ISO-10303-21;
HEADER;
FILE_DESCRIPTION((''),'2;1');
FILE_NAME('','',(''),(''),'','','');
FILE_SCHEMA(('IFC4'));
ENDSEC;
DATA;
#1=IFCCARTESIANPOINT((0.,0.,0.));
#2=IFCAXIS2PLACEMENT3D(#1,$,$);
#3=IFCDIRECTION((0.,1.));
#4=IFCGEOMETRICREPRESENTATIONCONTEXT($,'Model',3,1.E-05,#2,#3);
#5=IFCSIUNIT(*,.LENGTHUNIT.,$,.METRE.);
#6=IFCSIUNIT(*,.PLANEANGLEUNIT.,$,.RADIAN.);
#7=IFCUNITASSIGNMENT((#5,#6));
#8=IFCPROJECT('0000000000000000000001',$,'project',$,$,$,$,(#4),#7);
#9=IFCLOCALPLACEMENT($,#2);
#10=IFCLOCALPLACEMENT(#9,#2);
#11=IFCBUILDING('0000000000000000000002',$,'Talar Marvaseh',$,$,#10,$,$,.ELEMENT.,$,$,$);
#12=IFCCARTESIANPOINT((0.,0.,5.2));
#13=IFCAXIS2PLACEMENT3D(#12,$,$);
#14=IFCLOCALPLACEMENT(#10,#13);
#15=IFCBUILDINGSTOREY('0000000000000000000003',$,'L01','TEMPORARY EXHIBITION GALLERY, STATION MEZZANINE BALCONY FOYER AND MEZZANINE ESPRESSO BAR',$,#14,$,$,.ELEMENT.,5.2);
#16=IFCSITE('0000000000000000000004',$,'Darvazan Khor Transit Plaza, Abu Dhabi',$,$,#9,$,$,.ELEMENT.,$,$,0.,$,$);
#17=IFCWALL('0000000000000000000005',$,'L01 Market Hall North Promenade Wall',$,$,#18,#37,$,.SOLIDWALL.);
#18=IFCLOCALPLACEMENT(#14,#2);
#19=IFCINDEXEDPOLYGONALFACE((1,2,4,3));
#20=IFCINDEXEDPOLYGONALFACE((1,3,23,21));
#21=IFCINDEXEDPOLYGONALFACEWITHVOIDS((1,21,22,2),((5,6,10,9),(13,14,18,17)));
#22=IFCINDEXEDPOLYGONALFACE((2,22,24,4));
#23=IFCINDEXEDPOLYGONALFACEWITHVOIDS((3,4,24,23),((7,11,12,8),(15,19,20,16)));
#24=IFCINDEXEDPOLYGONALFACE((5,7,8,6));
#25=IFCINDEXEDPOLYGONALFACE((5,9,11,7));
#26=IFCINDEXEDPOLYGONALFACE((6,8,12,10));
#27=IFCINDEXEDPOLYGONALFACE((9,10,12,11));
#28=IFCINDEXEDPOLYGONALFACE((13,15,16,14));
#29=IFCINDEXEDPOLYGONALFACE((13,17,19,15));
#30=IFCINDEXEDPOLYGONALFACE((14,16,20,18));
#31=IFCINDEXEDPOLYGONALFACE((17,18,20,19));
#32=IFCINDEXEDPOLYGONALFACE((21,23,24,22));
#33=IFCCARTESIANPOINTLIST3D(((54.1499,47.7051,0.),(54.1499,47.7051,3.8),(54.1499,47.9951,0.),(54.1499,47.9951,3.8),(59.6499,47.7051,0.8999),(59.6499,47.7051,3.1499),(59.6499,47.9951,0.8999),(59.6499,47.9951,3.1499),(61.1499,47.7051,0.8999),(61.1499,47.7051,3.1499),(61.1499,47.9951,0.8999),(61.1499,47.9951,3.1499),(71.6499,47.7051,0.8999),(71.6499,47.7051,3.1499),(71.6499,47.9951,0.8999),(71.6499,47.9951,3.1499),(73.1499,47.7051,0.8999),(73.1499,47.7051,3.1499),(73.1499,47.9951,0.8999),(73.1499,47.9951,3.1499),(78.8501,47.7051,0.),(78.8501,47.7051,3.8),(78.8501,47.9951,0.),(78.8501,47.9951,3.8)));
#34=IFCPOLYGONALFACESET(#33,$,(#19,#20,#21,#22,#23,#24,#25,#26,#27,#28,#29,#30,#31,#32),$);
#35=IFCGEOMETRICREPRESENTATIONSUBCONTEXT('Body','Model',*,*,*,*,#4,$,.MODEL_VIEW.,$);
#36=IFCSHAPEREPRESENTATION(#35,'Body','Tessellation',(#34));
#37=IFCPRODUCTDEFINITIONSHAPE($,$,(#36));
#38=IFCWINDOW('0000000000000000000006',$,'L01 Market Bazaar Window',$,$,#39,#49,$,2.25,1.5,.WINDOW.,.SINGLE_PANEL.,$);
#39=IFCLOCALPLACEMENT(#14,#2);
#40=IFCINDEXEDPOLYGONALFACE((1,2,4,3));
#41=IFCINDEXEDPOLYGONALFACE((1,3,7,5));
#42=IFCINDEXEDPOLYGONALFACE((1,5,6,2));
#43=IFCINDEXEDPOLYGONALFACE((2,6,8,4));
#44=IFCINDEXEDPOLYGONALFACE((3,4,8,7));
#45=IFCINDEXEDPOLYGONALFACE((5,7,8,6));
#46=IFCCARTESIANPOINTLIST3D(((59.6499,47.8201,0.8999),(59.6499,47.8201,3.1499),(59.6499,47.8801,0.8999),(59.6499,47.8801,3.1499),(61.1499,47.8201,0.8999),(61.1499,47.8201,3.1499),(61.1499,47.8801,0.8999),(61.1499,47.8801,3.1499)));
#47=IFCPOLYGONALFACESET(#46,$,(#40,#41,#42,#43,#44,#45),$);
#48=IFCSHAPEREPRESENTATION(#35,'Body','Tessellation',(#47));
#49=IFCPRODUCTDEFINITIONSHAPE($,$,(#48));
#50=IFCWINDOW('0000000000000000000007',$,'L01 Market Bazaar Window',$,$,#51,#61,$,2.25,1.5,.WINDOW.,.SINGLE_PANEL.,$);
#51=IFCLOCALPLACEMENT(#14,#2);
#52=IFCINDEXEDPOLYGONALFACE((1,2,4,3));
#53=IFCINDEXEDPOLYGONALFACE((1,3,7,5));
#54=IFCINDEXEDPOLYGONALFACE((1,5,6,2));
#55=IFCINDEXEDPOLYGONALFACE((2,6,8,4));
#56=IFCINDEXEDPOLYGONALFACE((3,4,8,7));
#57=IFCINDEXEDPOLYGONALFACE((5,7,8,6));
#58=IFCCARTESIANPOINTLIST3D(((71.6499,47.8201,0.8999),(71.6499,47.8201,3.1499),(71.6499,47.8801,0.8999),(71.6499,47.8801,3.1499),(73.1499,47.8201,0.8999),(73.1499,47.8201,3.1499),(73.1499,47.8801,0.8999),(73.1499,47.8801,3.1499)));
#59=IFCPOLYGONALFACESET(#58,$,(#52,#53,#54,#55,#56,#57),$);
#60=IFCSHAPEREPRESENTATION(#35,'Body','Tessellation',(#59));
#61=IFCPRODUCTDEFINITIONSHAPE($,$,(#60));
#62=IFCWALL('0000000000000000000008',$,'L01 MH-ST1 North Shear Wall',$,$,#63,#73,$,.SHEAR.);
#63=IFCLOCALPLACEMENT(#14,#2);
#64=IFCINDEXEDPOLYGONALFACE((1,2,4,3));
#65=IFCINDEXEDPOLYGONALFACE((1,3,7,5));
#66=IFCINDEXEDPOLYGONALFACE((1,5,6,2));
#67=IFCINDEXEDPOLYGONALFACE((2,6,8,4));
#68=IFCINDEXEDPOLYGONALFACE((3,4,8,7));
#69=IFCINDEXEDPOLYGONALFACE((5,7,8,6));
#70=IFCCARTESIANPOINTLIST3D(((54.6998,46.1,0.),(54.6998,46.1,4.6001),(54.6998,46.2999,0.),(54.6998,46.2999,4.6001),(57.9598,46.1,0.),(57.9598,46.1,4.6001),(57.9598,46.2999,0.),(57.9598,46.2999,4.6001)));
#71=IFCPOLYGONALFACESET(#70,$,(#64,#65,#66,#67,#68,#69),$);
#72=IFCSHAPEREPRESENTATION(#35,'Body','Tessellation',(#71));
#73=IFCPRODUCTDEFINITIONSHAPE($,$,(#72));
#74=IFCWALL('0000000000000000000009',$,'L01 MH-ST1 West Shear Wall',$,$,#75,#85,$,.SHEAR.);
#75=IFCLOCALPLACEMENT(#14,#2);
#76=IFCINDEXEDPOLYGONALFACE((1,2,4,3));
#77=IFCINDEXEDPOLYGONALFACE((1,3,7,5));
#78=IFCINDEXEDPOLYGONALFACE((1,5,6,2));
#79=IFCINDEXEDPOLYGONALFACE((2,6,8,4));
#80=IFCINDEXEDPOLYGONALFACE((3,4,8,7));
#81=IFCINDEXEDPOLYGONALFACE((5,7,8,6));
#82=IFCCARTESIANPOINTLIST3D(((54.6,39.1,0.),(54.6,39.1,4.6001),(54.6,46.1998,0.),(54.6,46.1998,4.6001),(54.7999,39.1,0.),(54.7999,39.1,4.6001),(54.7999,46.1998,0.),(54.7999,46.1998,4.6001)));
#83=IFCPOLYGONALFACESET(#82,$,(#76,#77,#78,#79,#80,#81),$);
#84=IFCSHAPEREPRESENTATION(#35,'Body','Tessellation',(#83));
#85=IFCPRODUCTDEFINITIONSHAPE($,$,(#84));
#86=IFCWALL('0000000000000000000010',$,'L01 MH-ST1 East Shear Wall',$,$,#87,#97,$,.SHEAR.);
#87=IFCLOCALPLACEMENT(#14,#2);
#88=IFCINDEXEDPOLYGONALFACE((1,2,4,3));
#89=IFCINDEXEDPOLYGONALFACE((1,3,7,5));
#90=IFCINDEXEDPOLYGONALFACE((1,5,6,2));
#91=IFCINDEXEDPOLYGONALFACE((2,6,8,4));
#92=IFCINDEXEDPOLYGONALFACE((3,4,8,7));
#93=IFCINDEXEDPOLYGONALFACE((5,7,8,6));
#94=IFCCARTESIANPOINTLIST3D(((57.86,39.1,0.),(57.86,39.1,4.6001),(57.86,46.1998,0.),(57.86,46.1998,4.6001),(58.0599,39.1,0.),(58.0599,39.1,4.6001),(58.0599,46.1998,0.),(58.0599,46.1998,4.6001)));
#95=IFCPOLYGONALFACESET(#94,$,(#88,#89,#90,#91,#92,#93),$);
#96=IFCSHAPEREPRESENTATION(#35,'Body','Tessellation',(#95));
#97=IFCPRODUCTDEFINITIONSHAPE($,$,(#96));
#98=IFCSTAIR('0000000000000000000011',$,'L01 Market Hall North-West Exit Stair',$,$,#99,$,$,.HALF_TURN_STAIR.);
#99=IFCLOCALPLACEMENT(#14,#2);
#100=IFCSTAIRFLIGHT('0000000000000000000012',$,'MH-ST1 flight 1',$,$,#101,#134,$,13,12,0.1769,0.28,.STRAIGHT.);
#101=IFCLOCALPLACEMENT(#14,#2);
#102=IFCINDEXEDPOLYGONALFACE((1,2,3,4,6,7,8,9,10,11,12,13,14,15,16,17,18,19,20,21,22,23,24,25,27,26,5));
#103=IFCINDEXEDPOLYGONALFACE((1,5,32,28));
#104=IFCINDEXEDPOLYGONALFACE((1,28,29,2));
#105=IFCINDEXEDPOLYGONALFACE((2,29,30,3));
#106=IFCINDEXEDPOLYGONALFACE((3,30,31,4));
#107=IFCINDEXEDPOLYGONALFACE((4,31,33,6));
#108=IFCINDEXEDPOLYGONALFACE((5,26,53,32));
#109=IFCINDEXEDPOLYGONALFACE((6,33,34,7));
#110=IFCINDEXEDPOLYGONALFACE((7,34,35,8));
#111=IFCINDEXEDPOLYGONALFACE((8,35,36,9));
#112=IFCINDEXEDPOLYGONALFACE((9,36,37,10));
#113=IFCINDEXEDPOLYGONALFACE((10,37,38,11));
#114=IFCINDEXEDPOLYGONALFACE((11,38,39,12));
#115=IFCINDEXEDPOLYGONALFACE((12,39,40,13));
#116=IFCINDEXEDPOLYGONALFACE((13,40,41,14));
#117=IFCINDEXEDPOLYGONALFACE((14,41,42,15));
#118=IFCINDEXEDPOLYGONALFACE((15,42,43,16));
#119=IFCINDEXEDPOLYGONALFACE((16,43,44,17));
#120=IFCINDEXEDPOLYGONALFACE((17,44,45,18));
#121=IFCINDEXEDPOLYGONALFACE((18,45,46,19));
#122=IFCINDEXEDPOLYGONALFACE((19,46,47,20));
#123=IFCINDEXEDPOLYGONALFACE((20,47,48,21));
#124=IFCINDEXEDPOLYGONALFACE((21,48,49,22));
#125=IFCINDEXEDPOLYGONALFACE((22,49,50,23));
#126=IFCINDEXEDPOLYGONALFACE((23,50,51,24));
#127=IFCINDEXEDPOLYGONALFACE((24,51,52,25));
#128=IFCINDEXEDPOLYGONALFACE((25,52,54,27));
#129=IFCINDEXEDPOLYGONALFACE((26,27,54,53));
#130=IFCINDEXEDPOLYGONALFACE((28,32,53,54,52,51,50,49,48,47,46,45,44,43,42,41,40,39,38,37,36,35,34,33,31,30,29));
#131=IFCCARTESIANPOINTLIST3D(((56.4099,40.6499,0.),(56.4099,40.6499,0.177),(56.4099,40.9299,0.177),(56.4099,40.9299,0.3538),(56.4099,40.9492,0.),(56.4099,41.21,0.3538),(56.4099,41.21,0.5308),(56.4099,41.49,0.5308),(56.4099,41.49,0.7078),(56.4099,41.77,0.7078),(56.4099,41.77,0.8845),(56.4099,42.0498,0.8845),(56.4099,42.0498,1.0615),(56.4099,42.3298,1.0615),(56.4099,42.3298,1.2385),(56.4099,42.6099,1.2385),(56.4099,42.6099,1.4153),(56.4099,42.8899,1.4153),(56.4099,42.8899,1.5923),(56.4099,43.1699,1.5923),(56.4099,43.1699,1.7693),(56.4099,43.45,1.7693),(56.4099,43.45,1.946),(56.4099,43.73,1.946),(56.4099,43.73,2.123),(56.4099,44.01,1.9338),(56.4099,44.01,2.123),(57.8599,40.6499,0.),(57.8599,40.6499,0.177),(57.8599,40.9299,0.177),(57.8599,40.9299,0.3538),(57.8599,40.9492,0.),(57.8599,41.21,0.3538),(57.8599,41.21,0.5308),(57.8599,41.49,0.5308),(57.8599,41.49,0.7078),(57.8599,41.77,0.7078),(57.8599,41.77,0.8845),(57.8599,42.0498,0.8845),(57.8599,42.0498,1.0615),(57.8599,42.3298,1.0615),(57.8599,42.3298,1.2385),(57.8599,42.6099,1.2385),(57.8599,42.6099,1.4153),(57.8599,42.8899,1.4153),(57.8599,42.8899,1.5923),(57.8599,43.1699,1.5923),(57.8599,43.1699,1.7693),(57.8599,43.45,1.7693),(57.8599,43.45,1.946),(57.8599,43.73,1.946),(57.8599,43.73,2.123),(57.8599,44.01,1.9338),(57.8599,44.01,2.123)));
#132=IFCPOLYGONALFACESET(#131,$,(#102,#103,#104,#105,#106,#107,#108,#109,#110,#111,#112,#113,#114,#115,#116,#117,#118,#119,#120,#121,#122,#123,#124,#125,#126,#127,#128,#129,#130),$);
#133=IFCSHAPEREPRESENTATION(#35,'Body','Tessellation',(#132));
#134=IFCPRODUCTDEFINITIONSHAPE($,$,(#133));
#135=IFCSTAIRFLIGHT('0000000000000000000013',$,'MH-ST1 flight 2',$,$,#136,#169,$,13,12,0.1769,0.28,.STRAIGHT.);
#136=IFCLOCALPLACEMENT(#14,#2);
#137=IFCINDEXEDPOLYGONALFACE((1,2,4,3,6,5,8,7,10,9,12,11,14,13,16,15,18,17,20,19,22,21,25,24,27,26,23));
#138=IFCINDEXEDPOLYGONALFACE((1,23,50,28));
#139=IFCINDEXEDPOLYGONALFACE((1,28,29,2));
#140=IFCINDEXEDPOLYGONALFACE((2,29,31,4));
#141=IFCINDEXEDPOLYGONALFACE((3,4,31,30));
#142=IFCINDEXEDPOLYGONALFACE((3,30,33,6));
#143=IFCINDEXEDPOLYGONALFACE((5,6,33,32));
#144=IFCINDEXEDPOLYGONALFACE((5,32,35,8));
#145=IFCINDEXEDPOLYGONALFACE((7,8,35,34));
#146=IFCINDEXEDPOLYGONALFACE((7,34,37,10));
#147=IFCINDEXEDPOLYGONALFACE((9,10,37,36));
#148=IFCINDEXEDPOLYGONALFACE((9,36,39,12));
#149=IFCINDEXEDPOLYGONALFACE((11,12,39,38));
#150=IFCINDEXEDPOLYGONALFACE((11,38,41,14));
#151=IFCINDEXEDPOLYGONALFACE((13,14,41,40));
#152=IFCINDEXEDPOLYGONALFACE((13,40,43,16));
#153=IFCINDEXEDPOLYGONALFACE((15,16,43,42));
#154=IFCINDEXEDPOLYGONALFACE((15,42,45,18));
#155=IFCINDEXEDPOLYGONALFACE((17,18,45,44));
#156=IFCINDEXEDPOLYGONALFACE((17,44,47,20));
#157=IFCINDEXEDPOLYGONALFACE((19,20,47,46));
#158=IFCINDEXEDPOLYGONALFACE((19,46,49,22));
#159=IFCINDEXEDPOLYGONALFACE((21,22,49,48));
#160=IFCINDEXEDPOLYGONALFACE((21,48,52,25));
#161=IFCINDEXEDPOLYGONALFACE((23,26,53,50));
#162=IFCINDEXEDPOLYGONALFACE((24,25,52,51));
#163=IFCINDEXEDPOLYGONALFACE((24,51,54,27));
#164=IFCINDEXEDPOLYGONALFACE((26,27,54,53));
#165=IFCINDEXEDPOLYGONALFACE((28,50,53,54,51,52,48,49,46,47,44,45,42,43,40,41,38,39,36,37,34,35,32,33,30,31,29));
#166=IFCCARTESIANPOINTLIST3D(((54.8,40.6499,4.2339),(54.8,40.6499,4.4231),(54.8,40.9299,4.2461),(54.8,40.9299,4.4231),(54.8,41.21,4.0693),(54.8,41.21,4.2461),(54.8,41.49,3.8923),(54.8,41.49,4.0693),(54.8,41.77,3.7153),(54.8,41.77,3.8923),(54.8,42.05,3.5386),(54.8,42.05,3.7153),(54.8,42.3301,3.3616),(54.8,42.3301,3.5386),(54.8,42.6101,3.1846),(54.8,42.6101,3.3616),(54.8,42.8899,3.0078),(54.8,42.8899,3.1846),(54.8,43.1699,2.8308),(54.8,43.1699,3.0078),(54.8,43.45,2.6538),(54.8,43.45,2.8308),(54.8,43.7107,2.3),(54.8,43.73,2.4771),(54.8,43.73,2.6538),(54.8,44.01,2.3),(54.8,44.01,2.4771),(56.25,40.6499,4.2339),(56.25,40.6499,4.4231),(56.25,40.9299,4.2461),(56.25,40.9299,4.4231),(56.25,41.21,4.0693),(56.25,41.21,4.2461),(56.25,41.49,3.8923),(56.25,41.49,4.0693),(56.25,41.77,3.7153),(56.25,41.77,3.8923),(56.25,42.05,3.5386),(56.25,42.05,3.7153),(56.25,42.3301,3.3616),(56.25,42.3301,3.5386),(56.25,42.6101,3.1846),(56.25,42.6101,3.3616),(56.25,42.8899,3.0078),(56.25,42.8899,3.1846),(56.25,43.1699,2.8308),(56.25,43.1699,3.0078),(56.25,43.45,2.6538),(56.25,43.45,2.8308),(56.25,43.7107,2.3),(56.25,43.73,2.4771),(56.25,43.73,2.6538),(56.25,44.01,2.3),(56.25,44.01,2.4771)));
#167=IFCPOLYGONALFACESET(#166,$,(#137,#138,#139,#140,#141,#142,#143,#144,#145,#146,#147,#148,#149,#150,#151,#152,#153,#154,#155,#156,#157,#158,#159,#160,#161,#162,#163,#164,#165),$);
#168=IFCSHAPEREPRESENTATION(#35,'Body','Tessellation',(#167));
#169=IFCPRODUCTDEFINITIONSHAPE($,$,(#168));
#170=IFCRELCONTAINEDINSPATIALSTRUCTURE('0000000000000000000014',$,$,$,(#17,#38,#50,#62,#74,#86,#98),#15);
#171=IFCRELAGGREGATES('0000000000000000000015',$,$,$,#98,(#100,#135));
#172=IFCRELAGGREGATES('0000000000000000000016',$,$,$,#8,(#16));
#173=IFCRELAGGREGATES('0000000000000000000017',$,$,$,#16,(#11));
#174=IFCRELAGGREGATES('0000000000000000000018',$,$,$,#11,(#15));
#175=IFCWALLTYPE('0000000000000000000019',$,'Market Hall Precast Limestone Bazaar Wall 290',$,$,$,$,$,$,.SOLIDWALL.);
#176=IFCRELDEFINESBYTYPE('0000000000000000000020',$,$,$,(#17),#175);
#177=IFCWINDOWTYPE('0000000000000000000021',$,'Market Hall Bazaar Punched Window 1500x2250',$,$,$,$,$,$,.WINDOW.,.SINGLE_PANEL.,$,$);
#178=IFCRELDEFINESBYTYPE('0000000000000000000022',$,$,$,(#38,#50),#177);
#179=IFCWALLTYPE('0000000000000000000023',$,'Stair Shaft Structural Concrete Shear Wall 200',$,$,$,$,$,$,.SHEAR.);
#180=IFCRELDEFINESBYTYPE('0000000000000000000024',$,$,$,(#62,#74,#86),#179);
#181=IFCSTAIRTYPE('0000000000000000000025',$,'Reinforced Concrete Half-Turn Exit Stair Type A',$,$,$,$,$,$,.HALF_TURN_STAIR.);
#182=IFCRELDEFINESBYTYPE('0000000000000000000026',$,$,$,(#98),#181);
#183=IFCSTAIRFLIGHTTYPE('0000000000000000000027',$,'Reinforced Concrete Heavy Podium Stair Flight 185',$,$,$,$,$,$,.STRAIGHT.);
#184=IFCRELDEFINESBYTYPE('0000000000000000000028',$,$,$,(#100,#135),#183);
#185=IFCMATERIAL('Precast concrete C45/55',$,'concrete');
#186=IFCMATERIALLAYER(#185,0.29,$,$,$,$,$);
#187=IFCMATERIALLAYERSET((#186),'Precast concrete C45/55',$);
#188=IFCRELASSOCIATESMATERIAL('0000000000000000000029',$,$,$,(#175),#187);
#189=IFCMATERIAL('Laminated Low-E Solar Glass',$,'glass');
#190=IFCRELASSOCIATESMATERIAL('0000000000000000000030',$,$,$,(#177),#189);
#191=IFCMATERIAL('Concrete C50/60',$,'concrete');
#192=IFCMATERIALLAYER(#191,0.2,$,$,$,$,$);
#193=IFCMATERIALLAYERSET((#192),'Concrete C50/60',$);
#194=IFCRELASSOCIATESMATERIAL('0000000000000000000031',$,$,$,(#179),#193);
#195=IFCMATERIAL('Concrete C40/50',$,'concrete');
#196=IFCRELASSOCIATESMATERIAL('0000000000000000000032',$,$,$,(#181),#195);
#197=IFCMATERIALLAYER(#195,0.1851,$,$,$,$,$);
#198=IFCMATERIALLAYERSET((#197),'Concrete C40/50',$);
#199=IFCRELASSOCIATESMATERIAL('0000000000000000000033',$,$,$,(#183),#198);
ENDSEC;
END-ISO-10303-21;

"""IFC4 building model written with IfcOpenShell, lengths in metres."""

from ifc_helpers import new_model, si_unit, direction, frame, frame_2d, origin, place, context, subcontext, project, spatial, polyline, rectangle, outline, extrude, source, transform, mapped, material, layer, layer_set, type_object, type_shapes, element, fill, aggregate, save


model = new_model("IFC4")

# Units and contexts
model_context = context("Model", 3, precision=1e-05, world=origin(), true_north=direction((0.0, 1.0)))
body_context = subcontext(model_context, "Body", "Model", "MODEL_VIEW")
ifc_project = project(units=[si_unit("LENGTHUNIT", "METRE"), si_unit("PLANEANGLEUNIT", "RADIAN")], contexts=[model_context])

# Site, building, storey
site_placement = place(None, origin())
site = spatial("IfcSite", under=ifc_project, at=site_placement, Name="Darvazan Khor Transit Plaza, Abu Dhabi", CompositionType="ELEMENT", RefElevation=0.0)
building_placement = place(site_placement, origin())
building = spatial("IfcBuilding", under=site, at=building_placement, Name="Talar Marvaseh", CompositionType="ELEMENT")
storey_placement = place(building_placement, frame((0.0, 0.0, 5.2)))
storey = spatial("IfcBuildingStorey", under=building, at=storey_placement, Name="L01", Description="TEMPORARY EXHIBITION GALLERY, STATION MEZZANINE BALCONY FOYER AND MEZZANINE ESPRESSO BAR", CompositionType="ELEMENT", Elevation=5.2)

# Shared definitions
ifc_material_1 = material(Name="Concrete C40/50", Category="concrete")

# Shared definitions
ifc_material_2 = material(Name="Precast concrete C45/55", Category="concrete")

# Wall, openings, windows
ifc_layer_1 = layer(ifc_material_2, 0.29)
ifc_layer_set_1 = layer_set([ifc_layer_1], Name="Precast concrete C45/55")
wall_type_1 = type_object("IfcWallType", Name="Market Hall Precast Limestone Bazaar Wall 290", PredefinedType="SOLIDWALL", material=ifc_layer_set_1)
wall_1_placement = place(storey_placement, frame((54.1499, 47.8501, 0.0), z_axis=(0.0, 0.0, 1.0), x_axis=(1.0, 0.0, 0.0)))
wall_1 = element("IfcWall", 1, at=wall_1_placement, inside=storey, type_object=wall_type_1, Name="L01 Market Hall North Promenade Wall", PredefinedType="SOLIDWALL", context=body_context, shape_type="SweptSolid", body=[
    extrude(rectangle(XDim=24.7002, YDim=0.29, at=frame_2d((12.3501, 0.0))), origin(), (0.0, 0.0, 1.0), 3.8),
])
opening_1_placement = place(wall_1_placement, frame((5.5, 0.0, 0.8999)))
opening_1 = element("IfcOpeningElement", 2, at=opening_1_placement, cuts=wall_1, PredefinedType="OPENING", context=body_context, shape_type="SweptSolid", body=[
    extrude(rectangle(XDim=1.5, YDim=2.25, at=frame_2d((0.75, 1.125))), frame((0.0, 0.155, 0.0), z_axis=(0.0, -1.0, 0.0), x_axis=(1.0, 0.0, 0.0)), (0.0, 0.0, 1.0), 0.3101),
])
opening_2_placement = place(wall_1_placement, frame((17.5, 0.0, 0.8999)))
opening_2 = element("IfcOpeningElement", 3, at=opening_2_placement, cuts=wall_1, PredefinedType="OPENING", context=body_context, shape_type="SweptSolid", body=[
    extrude(rectangle(XDim=1.5, YDim=2.25, at=frame_2d((0.75, 1.125))), frame((0.0, 0.155, 0.0), z_axis=(0.0, -1.0, 0.0), x_axis=(1.0, 0.0, 0.0)), (0.0, 0.0, 1.0), 0.3101),
])
ifc_material_3 = material(Name="Laminated Low-E Solar Glass", Category="glass")
window_type = type_object("IfcWindowType", Name="Market Hall Bazaar Punched Window 1500x2250", PartitioningType="SINGLE_PANEL", PredefinedType="WINDOW", material=ifc_material_3)
shared_shape_1 = source(origin(), body_context, "Body", "SweptSolid", [
    extrude(rectangle(XDim=1.5, YDim=2.25, at=frame_2d((0.75, 1.125))), frame((0.0, 0.03, 0.0), z_axis=(0.0, -1.0, 0.0), x_axis=(1.0, 0.0, 0.0)), (0.0, 0.0, 1.0), 0.0601),
])
type_shapes(window_type, [shared_shape_1])
window_1_placement = place(opening_1_placement, origin())
window_1 = element("IfcWindow", 4, at=window_1_placement, inside=storey, type_object=window_type, Name="L01 Market Bazaar Window", OverallHeight=2.25, OverallWidth=1.5, PartitioningType="SINGLE_PANEL", PredefinedType="WINDOW", context=body_context, shape_type="MappedRepresentation", body=[
    mapped(shared_shape_1, transform((0.0, 0.0, 0.0), x_axis=(1.0, 0.0, 0.0), y_axis=(0.0, 1.0, 0.0), z_axis=(0.0, 0.0, 1.0), scale=1.0)),
])
fill(opening_1, window_1)
window_2_placement = place(opening_2_placement, origin())
window_2 = element("IfcWindow", 5, at=window_2_placement, inside=storey, type_object=window_type, Name="L01 Market Bazaar Window", OverallHeight=2.25, OverallWidth=1.5, PartitioningType="SINGLE_PANEL", PredefinedType="WINDOW", context=body_context, shape_type="MappedRepresentation", body=[
    mapped(shared_shape_1, transform((0.0, 0.0, 0.0), x_axis=(1.0, 0.0, 0.0), y_axis=(0.0, 1.0, 0.0), z_axis=(0.0, 0.0, 1.0), scale=1.0)),
])
fill(opening_2, window_2)

# Shared definitions
ifc_material_4 = material(Name="Concrete C50/60", Category="concrete")
ifc_layer_2 = layer(ifc_material_4, 0.2)
ifc_layer_set_2 = layer_set([ifc_layer_2], Name="Concrete C50/60")
wall_type_2 = type_object("IfcWallType", Name="Stair Shaft Structural Concrete Shear Wall 200", PredefinedType="SHEAR", material=ifc_layer_set_2)

# Walls
wall_2_placement = place(storey_placement, frame((54.7, 46.2, 0.0), z_axis=(0.0, 0.0, 1.0), x_axis=(1.0, 0.0, 0.0)))
element("IfcWall", 6, at=wall_2_placement, inside=storey, type_object=wall_type_2, Name="L01 MH-ST1 North Shear Wall", PredefinedType="SHEAR", context=body_context, shape_type="SweptSolid", body=[
    extrude(rectangle(XDim=3.26, YDim=0.2, at=frame_2d((1.6299, 0.0))), origin(), (0.0, 0.0, 1.0), 4.6001),
])
for number, where, z_axis, x_axis, name in (
    (7, (54.7, 39.1001, 0.0), (0.0, 0.0, 1.0), (0.0, 1.0, 0.0), "L01 MH-ST1 West Shear Wall"),
    (8, (57.96, 39.1001, 0.0), (0.0, 0.0, 1.0), (0.0, 1.0, 0.0), "L01 MH-ST1 East Shear Wall"),
):
    element("IfcWall", number, at=place(storey_placement, frame(where, z_axis=z_axis, x_axis=x_axis)), inside=storey, type_object=wall_type_2, Name=name, PredefinedType="SHEAR", context=body_context, shape_type="SweptSolid", body=[
        extrude(rectangle(XDim=7.0999, YDim=0.2, at=frame_2d((3.5498, 0.0))), origin(), (0.0, 0.0, 1.0), 4.6001),
    ])

# Stair, stair flights
stair_type = type_object("IfcStairType", Name="Reinforced Concrete Half-Turn Exit Stair Type A", PredefinedType="HALF_TURN_STAIR", material=ifc_material_1)
stair_placement = place(storey_placement, origin())
stair = element("IfcStair", 9, at=stair_placement, inside=storey, type_object=stair_type, Name="L01 Market Hall North-West Exit Stair", PredefinedType="HALF_TURN_STAIR")
ifc_layer_3 = layer(ifc_material_1, 0.1851)
ifc_layer_set_3 = layer_set([ifc_layer_3], Name="Concrete C40/50")
stair_flight_type = type_object("IfcStairFlightType", Name="Reinforced Concrete Heavy Podium Stair Flight 185", PredefinedType="STRAIGHT", material=ifc_layer_set_3)
stair_flight_1_placement = place(storey_placement, frame((57.135, 40.6499, 0.0), z_axis=(0.0, 0.0, 1.0), x_axis=(0.0, 1.0, 0.0)))
stair_flight_1 = element("IfcStairFlight", 10, at=stair_flight_1_placement, type_object=stair_flight_type, Name="MH-ST1 flight 1", NumberOfRisers=13, NumberOfTreads=12, PredefinedType="STRAIGHT", RiserHeight=0.1769, TreadLength=0.28, context=body_context, shape_type="SweptSolid", body=[
    extrude(outline(polyline([(0.0, 0.0), (0.0, 0.177), (0.28, 0.177), (0.28, 0.3538), (0.5601, 0.3538), (0.5601, 0.5308), (0.8401, 0.5308), (0.8401, 0.7078), (1.1201, 0.7078), (1.1201, 0.8845), (1.3999, 0.8845), (1.3999, 1.0615), (1.6799, 1.0615), (1.6799, 1.2385), (1.96, 1.2385), (1.96, 1.4153), (2.24, 1.4153), (2.24, 1.5923), (2.52, 1.5923), (2.52, 1.7693), (2.8, 1.7693), (2.8, 1.946), (3.0801, 1.946), (3.0801, 2.123), (3.3601, 2.123), (3.3601, 2.3), (3.3601, 1.9338), (0.2993, 0.0), (0.0, 0.0)])), frame((0.0, 0.7251, 0.0), z_axis=(0.0, -1.0, 0.0), x_axis=(1.0, 0.0, 0.0)), (0.0, 0.0, 1.0), 1.45),
])
stair_flight_2_placement = place(storey_placement, frame((55.5249, 44.01, 2.3), z_axis=(0.0, 0.0, 1.0), x_axis=(0.0, -1.0, 0.0)))
stair_flight_2 = element("IfcStairFlight", 11, at=stair_flight_2_placement, type_object=stair_flight_type, Name="MH-ST1 flight 2", NumberOfRisers=13, NumberOfTreads=12, PredefinedType="STRAIGHT", RiserHeight=0.1769, TreadLength=0.28, context=body_context, shape_type="SweptSolid", body=[
    extrude(outline(polyline([(0.0, 0.0), (0.0, 0.177), (0.28, 0.177), (0.28, 0.3538), (0.5601, 0.3538), (0.5601, 0.5308), (0.8401, 0.5308), (0.8401, 0.7078), (1.1201, 0.7078), (1.1201, 0.8845), (1.3999, 0.8845), (1.3999, 1.0615), (1.6799, 1.0615), (1.6799, 1.2385), (1.96, 1.2385), (1.96, 1.4153), (2.24, 1.4153), (2.24, 1.5923), (2.52, 1.5923), (2.52, 1.7693), (2.8, 1.7693), (2.8, 1.946), (3.0801, 1.946), (3.0801, 2.123), (3.3601, 2.123), (3.3601, 2.3), (3.3601, 1.9338), (0.2993, 0.0), (0.0, 0.0)])), frame((0.0, 0.7251, 0.0), z_axis=(0.0, -1.0, 0.0), x_axis=(1.0, 0.0, 0.0)), (0.0, 0.0, 1.0), 1.45),
])
aggregate(stair, [stair_flight_1, stair_flight_2])

save(model, "model.ifc")
